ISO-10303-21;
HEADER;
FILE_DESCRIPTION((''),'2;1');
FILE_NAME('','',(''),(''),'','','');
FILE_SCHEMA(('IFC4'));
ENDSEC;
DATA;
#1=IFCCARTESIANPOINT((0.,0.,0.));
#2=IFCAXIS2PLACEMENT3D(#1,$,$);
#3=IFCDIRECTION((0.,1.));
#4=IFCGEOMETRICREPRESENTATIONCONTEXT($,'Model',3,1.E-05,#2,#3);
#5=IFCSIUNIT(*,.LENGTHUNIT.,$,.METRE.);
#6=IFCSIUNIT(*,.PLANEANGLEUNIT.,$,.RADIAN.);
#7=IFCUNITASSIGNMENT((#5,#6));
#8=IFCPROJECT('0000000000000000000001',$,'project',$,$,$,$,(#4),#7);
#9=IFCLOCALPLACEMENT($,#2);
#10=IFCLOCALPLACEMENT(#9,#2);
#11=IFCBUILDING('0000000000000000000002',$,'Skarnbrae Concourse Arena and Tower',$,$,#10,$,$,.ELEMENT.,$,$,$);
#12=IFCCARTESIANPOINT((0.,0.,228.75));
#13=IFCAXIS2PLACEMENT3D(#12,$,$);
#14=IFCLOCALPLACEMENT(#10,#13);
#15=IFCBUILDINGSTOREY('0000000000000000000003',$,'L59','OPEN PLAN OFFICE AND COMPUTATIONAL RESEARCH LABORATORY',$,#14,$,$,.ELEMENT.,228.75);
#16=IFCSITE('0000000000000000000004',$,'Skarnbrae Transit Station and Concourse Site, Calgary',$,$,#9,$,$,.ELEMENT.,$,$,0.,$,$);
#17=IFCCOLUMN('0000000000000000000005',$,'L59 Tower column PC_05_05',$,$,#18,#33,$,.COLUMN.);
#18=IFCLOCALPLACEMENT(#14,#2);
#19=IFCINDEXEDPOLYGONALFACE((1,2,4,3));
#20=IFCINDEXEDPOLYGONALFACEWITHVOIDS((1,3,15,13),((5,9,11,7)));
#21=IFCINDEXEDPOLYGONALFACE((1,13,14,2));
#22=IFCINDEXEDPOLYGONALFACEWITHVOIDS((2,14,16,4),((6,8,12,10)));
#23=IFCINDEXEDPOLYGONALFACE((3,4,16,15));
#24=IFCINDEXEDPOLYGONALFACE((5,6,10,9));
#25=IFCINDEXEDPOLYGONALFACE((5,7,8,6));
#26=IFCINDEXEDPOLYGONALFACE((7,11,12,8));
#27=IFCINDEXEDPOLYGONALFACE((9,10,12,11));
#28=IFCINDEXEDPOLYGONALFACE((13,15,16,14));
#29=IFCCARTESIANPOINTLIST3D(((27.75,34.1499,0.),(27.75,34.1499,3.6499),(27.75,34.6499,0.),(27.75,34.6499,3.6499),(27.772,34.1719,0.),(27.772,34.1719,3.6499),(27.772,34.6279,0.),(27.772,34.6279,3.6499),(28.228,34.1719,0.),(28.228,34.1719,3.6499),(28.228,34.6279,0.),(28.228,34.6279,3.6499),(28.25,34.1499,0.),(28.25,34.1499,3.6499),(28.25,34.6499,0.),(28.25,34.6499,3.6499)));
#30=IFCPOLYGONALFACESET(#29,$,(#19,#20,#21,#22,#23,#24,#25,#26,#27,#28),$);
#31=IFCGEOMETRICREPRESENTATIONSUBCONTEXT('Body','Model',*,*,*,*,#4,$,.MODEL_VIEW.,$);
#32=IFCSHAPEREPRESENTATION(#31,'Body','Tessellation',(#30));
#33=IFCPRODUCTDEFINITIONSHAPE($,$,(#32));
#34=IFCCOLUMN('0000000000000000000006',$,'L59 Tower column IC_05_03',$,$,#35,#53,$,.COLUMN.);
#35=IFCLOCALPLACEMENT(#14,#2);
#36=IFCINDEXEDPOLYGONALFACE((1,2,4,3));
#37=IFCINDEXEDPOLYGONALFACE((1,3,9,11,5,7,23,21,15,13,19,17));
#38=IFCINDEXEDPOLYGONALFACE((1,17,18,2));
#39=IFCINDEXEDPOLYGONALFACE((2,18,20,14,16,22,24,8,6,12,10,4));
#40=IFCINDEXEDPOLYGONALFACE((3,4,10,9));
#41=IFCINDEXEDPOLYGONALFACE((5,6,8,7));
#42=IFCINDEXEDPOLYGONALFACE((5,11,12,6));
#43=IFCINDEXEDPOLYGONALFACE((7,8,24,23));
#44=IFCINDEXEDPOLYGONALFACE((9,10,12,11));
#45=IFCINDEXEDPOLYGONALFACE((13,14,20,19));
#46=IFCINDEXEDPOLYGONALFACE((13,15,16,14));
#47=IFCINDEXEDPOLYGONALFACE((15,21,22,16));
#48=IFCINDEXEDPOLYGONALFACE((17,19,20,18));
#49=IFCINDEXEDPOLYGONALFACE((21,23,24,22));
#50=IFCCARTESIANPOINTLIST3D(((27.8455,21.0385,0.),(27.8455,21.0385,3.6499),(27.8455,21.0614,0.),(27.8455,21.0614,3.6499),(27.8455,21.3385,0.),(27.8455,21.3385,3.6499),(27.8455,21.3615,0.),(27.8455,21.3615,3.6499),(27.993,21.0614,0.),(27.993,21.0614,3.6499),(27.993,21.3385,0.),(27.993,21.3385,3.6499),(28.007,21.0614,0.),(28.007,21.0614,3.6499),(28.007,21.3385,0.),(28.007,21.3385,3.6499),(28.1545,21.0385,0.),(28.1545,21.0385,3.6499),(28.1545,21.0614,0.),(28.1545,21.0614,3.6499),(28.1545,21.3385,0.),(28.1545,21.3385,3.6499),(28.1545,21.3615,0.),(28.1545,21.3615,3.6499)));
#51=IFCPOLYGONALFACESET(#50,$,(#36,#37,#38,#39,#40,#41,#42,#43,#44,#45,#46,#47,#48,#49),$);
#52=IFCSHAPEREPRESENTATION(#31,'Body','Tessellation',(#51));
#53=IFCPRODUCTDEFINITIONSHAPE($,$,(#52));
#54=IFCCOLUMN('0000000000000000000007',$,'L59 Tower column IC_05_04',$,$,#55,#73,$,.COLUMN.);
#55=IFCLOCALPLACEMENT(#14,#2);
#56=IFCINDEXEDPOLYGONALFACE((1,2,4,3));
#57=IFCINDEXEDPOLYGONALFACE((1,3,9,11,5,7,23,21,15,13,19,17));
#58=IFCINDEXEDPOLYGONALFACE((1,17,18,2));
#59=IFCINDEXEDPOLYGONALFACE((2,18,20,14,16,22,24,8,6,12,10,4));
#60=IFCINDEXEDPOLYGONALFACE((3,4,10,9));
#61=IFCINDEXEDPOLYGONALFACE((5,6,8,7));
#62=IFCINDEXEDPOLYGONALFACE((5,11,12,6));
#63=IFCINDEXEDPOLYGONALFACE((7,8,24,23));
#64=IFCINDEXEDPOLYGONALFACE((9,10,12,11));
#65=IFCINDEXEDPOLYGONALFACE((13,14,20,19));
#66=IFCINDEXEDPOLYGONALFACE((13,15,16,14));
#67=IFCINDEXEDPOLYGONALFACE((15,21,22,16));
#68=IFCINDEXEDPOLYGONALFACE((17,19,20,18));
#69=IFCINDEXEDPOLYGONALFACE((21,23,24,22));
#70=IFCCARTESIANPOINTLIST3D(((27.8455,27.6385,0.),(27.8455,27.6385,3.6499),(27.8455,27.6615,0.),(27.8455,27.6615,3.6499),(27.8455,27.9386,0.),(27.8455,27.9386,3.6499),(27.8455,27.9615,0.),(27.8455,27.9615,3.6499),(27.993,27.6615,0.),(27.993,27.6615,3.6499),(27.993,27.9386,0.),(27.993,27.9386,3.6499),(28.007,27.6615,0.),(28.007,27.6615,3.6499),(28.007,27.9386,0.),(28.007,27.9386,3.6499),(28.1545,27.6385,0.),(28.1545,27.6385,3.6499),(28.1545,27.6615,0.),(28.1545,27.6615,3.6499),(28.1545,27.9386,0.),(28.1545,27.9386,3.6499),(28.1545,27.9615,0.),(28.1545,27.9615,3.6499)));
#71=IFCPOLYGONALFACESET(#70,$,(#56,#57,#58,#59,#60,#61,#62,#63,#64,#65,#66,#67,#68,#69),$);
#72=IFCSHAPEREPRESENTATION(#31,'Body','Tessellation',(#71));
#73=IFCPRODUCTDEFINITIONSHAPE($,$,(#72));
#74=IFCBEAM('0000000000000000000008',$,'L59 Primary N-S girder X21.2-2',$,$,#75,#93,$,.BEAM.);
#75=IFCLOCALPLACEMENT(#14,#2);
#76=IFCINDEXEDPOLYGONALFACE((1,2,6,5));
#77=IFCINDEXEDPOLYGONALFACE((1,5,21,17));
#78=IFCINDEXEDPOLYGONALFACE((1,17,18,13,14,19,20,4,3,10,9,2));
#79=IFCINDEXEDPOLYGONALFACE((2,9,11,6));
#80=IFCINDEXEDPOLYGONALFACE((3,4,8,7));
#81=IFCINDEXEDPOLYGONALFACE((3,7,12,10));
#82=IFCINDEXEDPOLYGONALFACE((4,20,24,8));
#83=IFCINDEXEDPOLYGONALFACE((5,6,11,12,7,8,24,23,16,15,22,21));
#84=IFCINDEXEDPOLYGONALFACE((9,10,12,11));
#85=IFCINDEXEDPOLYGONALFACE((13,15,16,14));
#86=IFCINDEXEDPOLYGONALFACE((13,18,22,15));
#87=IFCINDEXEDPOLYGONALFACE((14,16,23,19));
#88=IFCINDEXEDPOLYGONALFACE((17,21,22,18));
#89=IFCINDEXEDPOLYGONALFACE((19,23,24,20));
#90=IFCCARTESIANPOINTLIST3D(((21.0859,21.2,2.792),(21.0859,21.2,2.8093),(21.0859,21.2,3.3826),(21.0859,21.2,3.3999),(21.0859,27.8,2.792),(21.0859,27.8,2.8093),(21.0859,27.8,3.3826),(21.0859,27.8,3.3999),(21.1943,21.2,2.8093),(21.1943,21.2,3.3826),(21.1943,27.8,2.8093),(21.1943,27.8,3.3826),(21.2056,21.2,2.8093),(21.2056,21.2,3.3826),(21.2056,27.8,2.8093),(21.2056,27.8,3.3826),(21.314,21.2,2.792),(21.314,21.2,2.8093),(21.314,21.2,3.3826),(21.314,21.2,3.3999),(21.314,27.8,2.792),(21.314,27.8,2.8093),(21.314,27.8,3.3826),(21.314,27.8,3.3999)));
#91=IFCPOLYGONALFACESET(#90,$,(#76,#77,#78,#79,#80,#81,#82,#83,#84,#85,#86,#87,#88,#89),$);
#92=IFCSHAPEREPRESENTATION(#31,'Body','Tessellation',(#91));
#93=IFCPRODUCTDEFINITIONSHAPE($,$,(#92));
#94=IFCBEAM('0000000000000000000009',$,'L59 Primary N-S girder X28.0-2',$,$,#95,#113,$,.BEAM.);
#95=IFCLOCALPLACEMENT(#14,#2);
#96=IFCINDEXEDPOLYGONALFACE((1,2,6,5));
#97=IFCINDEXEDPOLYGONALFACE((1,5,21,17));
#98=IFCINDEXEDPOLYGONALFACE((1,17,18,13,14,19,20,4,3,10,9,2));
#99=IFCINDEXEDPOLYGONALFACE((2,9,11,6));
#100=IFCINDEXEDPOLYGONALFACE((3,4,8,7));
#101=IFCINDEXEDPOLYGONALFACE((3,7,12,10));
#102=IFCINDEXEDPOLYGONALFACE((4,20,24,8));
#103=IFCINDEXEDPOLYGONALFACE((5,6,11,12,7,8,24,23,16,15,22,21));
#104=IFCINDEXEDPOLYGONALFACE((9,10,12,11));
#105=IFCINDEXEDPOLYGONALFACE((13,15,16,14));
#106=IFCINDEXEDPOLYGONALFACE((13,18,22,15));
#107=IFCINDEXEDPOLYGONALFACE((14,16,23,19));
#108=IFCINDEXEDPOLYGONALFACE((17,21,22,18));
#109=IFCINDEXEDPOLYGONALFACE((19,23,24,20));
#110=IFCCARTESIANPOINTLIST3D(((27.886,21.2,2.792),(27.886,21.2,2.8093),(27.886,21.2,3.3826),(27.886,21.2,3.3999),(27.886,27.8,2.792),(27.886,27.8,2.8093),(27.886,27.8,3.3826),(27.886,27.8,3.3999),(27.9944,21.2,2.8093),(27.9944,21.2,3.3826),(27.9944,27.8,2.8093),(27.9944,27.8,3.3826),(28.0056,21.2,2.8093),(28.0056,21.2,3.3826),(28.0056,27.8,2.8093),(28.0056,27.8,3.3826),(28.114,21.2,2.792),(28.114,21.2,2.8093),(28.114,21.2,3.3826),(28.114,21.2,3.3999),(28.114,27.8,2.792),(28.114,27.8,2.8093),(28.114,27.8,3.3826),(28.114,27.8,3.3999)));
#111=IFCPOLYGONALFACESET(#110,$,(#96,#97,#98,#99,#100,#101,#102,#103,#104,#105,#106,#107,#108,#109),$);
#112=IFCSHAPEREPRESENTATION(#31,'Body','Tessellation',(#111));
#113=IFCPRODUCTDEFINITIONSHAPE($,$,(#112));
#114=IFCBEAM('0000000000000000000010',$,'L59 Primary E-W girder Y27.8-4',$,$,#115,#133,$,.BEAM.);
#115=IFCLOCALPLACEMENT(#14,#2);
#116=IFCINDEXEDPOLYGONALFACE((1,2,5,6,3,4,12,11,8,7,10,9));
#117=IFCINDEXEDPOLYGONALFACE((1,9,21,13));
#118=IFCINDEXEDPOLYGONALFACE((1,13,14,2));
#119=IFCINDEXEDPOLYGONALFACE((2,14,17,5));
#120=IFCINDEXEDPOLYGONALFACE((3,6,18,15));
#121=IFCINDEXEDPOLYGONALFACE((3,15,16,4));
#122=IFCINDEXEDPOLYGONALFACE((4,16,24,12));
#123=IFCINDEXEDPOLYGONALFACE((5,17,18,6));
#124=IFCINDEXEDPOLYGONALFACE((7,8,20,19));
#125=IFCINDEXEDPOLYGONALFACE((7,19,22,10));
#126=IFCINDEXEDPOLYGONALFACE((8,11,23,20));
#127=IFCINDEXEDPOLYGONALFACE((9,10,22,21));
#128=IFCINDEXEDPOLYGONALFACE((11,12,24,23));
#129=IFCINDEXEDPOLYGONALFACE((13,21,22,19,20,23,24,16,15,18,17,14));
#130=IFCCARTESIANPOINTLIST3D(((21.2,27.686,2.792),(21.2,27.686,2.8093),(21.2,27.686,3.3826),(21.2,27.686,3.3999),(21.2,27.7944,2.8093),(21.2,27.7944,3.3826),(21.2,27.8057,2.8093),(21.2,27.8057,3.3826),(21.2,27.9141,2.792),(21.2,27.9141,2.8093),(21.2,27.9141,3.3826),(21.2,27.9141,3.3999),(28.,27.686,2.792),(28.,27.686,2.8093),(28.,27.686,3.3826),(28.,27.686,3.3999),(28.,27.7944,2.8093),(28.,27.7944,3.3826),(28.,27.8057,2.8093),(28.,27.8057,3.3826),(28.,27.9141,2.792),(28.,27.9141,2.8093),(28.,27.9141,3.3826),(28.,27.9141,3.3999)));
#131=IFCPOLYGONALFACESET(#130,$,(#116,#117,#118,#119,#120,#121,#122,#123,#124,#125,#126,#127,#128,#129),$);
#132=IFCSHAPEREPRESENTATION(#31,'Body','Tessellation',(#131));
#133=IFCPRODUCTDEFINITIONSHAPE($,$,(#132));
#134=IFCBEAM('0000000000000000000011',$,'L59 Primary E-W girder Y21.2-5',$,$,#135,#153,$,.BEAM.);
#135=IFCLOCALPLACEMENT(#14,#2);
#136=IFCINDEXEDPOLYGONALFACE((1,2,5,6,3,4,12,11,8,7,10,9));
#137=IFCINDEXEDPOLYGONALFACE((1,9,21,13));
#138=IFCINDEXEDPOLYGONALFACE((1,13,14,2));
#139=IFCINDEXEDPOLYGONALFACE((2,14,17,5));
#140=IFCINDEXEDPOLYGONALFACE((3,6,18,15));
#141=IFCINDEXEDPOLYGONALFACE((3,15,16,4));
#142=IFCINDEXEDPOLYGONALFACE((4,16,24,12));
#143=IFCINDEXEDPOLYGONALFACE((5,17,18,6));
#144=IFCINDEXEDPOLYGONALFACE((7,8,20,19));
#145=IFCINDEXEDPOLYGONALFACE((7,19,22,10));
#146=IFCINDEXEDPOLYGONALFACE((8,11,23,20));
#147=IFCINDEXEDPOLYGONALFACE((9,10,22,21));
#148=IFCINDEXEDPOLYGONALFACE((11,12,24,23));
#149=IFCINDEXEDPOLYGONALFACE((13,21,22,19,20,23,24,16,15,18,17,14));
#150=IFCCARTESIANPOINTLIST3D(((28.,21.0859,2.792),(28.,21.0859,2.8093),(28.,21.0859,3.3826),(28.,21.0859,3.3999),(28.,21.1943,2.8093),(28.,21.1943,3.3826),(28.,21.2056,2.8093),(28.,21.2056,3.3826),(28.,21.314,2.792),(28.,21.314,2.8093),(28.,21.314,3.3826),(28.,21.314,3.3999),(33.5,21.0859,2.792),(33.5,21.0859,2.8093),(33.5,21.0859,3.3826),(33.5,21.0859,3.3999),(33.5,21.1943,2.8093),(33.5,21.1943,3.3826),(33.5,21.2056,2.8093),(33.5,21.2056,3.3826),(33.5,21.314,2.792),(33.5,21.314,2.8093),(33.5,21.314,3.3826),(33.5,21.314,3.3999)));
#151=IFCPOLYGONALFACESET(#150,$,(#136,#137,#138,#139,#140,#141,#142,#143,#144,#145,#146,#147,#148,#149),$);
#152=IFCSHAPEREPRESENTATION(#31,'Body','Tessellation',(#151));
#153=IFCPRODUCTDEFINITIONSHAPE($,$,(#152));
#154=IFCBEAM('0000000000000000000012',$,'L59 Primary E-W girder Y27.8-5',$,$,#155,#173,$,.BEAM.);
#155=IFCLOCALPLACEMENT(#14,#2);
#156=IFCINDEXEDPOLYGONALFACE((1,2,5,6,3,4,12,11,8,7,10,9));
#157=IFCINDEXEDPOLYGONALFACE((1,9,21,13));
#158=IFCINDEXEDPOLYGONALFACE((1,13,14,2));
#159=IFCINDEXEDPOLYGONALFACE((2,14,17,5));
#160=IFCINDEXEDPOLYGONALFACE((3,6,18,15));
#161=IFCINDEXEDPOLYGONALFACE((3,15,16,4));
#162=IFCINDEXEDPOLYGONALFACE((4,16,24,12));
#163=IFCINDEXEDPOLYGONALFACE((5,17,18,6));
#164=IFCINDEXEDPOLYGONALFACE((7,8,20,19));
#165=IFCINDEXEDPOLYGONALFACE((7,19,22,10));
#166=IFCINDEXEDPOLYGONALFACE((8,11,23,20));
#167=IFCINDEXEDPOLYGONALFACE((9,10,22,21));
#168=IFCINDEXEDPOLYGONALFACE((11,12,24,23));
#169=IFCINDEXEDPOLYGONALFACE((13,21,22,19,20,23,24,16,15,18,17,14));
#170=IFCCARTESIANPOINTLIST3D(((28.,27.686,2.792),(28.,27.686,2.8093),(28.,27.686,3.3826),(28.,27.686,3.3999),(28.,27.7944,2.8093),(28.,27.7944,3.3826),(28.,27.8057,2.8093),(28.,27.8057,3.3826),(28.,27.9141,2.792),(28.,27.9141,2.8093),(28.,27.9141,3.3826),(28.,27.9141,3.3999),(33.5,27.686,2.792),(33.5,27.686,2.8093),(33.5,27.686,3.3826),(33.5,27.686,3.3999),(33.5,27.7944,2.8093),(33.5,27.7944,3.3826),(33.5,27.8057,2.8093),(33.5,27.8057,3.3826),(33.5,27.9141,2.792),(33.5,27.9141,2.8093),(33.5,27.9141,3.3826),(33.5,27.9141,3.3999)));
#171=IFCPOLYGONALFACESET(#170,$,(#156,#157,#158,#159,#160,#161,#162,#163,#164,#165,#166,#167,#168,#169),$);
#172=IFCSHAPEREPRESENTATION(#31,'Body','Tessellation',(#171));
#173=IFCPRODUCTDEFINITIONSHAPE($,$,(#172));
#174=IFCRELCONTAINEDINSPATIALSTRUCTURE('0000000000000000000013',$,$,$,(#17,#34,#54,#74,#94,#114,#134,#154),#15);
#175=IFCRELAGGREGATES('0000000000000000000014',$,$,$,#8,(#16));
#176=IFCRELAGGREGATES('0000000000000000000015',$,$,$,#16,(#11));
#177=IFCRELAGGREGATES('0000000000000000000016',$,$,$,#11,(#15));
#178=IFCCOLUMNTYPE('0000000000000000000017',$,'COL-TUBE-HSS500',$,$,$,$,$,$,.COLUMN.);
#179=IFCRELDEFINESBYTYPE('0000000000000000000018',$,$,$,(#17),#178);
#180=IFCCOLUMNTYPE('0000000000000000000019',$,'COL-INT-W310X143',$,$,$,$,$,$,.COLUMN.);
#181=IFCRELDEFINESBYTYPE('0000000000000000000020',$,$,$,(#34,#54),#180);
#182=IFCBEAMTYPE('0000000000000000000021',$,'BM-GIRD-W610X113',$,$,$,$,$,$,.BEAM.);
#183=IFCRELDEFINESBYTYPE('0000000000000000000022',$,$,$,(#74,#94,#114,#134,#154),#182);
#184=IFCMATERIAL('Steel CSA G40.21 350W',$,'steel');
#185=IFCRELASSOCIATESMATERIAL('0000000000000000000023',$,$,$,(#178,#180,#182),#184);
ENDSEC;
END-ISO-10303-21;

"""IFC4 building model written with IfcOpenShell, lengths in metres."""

from ifc_helpers import new_model, si_unit, direction, frame, origin, origin_2d, place, context, subcontext, project, spatial, hollow_rectangle, i_section, extrude, source, transform, mapped, material, material_profile, profile_set, type_object, element, save


model = new_model("IFC4")

# Units and contexts
model_context = context("Model", 3, precision=1e-05, world=origin(), true_north=direction((0.0, 1.0)))
body_context = subcontext(model_context, "Body", "Model", "MODEL_VIEW")
ifc_project = project(units=[si_unit("LENGTHUNIT", "METRE"), si_unit("PLANEANGLEUNIT", "RADIAN")], contexts=[model_context])

# Site, building, storey
site_placement = place(None, origin())
site = spatial("IfcSite", under=ifc_project, at=site_placement, Name="Skarnbrae Transit Station and Concourse Site, Calgary", CompositionType="ELEMENT", RefElevation=0.0)
building_placement = place(site_placement, origin())
building = spatial("IfcBuilding", under=site, at=building_placement, Name="Skarnbrae Concourse Arena and Tower", CompositionType="ELEMENT")
storey_placement = place(building_placement, frame((0.0, 0.0, 228.75)))
storey = spatial("IfcBuildingStorey", under=building, at=storey_placement, Name="L59", Description="OPEN PLAN OFFICE AND COMPUTATIONAL RESEARCH LABORATORY", CompositionType="ELEMENT", Elevation=228.75)

# Columns
ifc_material_1 = material(Name="Steel CSA G40.21 350W", Category="steel")
ifc_material_profile_1 = material_profile(ifc_material_1, hollow_rectangle(XDim=0.5, YDim=0.5, WallThickness=0.022, at=origin_2d()), Name="HSS500X500X22.0")
ifc_profile_set_1 = profile_set([ifc_material_profile_1], Name="Steel CSA G40.21 350W")
column_type_1 = type_object("IfcColumnType", Name="COL-TUBE-HSS500", PredefinedType="COLUMN", material=ifc_profile_set_1)
shared_shape_1 = source(origin(), body_context, "Body", "SweptSolid", [
    extrude(hollow_rectangle(XDim=0.5, YDim=0.5, WallThickness=0.022, at=origin_2d()), origin(), (0.0, 0.0, 1.0), 3.6499),
])
column_placement = place(storey_placement, frame((28.0, 34.3999, 0.0), z_axis=(0.0, 0.0, 1.0), x_axis=(1.0, 0.0, 0.0)))
element("IfcColumn", 1, at=column_placement, inside=storey, type_object=column_type_1, Name="L59 Tower column PC_05_05", PredefinedType="COLUMN", context=body_context, shape_type="MappedRepresentation", body=[
    mapped(shared_shape_1, transform((0.0, 0.0, 0.0))),
])
ifc_material_profile_2 = material_profile(ifc_material_1, i_section(OverallWidth=0.3091, OverallDepth=0.323, WebThickness=0.0139, FlangeThickness=0.0229, at=origin_2d()), Name="W310X143")
ifc_profile_set_2 = profile_set([ifc_material_profile_2], Name="Steel CSA G40.21 350W")
column_type_2 = type_object("IfcColumnType", Name="COL-INT-W310X143", PredefinedType="COLUMN", material=ifc_profile_set_2)
shared_shape_2 = source(origin(), body_context, "Body", "SweptSolid", [
    extrude(i_section(OverallWidth=0.3091, OverallDepth=0.323, WebThickness=0.0139, FlangeThickness=0.0229, at=origin_2d()), origin(), (0.0, 0.0, 1.0), 3.6499),
])
for number, where, z_axis, x_axis, name in (
    (2, (28.0, 21.2, 0.0), (0.0, 0.0, 1.0), (1.0, 0.0, 0.0), "L59 Tower column IC_05_03"),
    (3, (28.0, 27.8, 0.0), (0.0, 0.0, 1.0), (1.0, 0.0, 0.0), "L59 Tower column IC_05_04"),
):
    element("IfcColumn", number, at=place(storey_placement, frame(where, z_axis=z_axis, x_axis=x_axis)), inside=storey, type_object=column_type_2, Name=name, PredefinedType="COLUMN", context=body_context, shape_type="MappedRepresentation", body=[
        mapped(shared_shape_2, transform((0.0, 0.0, 0.0))),
    ])

# Beams
ifc_material_profile_3 = material_profile(ifc_material_1, i_section(OverallWidth=0.228, OverallDepth=0.6079, WebThickness=0.0112, FlangeThickness=0.0173, at=origin_2d()), Name="W610X113")
ifc_profile_set_3 = profile_set([ifc_material_profile_3], Name="Steel CSA G40.21 350W")
beam_type_1 = type_object("IfcBeamType", Name="BM-GIRD-W610X113", PredefinedType="BEAM", material=ifc_profile_set_3)
shared_shape_3 = source(origin(), body_context, "Body", "SweptSolid", [
    extrude(i_section(OverallWidth=0.228, OverallDepth=0.6079, WebThickness=0.0112, FlangeThickness=0.0173, at=origin_2d()), origin(), (0.0, 0.0, 1.0), 6.6001),
])
for number, where, z_axis, x_axis, name in (
    (4, (21.2, 21.2, 3.0959), (0.0, 1.0, 0.0), (-1.0, 0.0, 0.0), "L59 Primary N-S girder X21.2-2"),
    (5, (28.0, 21.2, 3.0959), (0.0, 1.0, 0.0), (-1.0, 0.0, 0.0), "L59 Primary N-S girder X28.0-2"),
):
    element("IfcBeam", number, at=place(storey_placement, frame(where, z_axis=z_axis, x_axis=x_axis)), inside=storey, type_object=beam_type_1, Name=name, PredefinedType="BEAM", context=body_context, shape_type="MappedRepresentation", body=[
        mapped(shared_shape_3, transform((0.0, 0.0, 0.0))),
    ])
shared_shape_4 = source(origin(), body_context, "Body", "SweptSolid", [
    extrude(i_section(OverallWidth=0.228, OverallDepth=0.6079, WebThickness=0.0112, FlangeThickness=0.0173, at=origin_2d()), origin(), (0.0, 0.0, 1.0), 6.8),
])
beam_1_placement = place(storey_placement, frame((21.2, 27.8, 3.0959), z_axis=(1.0, 0.0, 0.0), x_axis=(0.0, 1.0, 0.0)))
element("IfcBeam", 6, at=beam_1_placement, inside=storey, type_object=beam_type_1, Name="L59 Primary E-W girder Y27.8-4", PredefinedType="BEAM", context=body_context, shape_type="MappedRepresentation", body=[
    mapped(shared_shape_4, transform((0.0, 0.0, 0.0))),
])
shared_shape_5 = source(origin(), body_context, "Body", "SweptSolid", [
    extrude(i_section(OverallWidth=0.228, OverallDepth=0.6079, WebThickness=0.0112, FlangeThickness=0.0173, at=origin_2d()), origin(), (0.0, 0.0, 1.0), 5.5),
])
for number, where, z_axis, x_axis, name in (
    (7, (28.0, 21.2, 3.0959), (1.0, 0.0, 0.0), (0.0, 1.0, 0.0), "L59 Primary E-W girder Y21.2-5"),
    (8, (28.0, 27.8, 3.0959), (1.0, 0.0, 0.0), (0.0, 1.0, 0.0), "L59 Primary E-W girder Y27.8-5"),
):
    element("IfcBeam", number, at=place(storey_placement, frame(where, z_axis=z_axis, x_axis=x_axis)), inside=storey, type_object=beam_type_1, Name=name, PredefinedType="BEAM", context=body_context, shape_type="MappedRepresentation", body=[
        mapped(shared_shape_5, transform((0.0, 0.0, 0.0))),
    ])

save(model, "model.ifc")
